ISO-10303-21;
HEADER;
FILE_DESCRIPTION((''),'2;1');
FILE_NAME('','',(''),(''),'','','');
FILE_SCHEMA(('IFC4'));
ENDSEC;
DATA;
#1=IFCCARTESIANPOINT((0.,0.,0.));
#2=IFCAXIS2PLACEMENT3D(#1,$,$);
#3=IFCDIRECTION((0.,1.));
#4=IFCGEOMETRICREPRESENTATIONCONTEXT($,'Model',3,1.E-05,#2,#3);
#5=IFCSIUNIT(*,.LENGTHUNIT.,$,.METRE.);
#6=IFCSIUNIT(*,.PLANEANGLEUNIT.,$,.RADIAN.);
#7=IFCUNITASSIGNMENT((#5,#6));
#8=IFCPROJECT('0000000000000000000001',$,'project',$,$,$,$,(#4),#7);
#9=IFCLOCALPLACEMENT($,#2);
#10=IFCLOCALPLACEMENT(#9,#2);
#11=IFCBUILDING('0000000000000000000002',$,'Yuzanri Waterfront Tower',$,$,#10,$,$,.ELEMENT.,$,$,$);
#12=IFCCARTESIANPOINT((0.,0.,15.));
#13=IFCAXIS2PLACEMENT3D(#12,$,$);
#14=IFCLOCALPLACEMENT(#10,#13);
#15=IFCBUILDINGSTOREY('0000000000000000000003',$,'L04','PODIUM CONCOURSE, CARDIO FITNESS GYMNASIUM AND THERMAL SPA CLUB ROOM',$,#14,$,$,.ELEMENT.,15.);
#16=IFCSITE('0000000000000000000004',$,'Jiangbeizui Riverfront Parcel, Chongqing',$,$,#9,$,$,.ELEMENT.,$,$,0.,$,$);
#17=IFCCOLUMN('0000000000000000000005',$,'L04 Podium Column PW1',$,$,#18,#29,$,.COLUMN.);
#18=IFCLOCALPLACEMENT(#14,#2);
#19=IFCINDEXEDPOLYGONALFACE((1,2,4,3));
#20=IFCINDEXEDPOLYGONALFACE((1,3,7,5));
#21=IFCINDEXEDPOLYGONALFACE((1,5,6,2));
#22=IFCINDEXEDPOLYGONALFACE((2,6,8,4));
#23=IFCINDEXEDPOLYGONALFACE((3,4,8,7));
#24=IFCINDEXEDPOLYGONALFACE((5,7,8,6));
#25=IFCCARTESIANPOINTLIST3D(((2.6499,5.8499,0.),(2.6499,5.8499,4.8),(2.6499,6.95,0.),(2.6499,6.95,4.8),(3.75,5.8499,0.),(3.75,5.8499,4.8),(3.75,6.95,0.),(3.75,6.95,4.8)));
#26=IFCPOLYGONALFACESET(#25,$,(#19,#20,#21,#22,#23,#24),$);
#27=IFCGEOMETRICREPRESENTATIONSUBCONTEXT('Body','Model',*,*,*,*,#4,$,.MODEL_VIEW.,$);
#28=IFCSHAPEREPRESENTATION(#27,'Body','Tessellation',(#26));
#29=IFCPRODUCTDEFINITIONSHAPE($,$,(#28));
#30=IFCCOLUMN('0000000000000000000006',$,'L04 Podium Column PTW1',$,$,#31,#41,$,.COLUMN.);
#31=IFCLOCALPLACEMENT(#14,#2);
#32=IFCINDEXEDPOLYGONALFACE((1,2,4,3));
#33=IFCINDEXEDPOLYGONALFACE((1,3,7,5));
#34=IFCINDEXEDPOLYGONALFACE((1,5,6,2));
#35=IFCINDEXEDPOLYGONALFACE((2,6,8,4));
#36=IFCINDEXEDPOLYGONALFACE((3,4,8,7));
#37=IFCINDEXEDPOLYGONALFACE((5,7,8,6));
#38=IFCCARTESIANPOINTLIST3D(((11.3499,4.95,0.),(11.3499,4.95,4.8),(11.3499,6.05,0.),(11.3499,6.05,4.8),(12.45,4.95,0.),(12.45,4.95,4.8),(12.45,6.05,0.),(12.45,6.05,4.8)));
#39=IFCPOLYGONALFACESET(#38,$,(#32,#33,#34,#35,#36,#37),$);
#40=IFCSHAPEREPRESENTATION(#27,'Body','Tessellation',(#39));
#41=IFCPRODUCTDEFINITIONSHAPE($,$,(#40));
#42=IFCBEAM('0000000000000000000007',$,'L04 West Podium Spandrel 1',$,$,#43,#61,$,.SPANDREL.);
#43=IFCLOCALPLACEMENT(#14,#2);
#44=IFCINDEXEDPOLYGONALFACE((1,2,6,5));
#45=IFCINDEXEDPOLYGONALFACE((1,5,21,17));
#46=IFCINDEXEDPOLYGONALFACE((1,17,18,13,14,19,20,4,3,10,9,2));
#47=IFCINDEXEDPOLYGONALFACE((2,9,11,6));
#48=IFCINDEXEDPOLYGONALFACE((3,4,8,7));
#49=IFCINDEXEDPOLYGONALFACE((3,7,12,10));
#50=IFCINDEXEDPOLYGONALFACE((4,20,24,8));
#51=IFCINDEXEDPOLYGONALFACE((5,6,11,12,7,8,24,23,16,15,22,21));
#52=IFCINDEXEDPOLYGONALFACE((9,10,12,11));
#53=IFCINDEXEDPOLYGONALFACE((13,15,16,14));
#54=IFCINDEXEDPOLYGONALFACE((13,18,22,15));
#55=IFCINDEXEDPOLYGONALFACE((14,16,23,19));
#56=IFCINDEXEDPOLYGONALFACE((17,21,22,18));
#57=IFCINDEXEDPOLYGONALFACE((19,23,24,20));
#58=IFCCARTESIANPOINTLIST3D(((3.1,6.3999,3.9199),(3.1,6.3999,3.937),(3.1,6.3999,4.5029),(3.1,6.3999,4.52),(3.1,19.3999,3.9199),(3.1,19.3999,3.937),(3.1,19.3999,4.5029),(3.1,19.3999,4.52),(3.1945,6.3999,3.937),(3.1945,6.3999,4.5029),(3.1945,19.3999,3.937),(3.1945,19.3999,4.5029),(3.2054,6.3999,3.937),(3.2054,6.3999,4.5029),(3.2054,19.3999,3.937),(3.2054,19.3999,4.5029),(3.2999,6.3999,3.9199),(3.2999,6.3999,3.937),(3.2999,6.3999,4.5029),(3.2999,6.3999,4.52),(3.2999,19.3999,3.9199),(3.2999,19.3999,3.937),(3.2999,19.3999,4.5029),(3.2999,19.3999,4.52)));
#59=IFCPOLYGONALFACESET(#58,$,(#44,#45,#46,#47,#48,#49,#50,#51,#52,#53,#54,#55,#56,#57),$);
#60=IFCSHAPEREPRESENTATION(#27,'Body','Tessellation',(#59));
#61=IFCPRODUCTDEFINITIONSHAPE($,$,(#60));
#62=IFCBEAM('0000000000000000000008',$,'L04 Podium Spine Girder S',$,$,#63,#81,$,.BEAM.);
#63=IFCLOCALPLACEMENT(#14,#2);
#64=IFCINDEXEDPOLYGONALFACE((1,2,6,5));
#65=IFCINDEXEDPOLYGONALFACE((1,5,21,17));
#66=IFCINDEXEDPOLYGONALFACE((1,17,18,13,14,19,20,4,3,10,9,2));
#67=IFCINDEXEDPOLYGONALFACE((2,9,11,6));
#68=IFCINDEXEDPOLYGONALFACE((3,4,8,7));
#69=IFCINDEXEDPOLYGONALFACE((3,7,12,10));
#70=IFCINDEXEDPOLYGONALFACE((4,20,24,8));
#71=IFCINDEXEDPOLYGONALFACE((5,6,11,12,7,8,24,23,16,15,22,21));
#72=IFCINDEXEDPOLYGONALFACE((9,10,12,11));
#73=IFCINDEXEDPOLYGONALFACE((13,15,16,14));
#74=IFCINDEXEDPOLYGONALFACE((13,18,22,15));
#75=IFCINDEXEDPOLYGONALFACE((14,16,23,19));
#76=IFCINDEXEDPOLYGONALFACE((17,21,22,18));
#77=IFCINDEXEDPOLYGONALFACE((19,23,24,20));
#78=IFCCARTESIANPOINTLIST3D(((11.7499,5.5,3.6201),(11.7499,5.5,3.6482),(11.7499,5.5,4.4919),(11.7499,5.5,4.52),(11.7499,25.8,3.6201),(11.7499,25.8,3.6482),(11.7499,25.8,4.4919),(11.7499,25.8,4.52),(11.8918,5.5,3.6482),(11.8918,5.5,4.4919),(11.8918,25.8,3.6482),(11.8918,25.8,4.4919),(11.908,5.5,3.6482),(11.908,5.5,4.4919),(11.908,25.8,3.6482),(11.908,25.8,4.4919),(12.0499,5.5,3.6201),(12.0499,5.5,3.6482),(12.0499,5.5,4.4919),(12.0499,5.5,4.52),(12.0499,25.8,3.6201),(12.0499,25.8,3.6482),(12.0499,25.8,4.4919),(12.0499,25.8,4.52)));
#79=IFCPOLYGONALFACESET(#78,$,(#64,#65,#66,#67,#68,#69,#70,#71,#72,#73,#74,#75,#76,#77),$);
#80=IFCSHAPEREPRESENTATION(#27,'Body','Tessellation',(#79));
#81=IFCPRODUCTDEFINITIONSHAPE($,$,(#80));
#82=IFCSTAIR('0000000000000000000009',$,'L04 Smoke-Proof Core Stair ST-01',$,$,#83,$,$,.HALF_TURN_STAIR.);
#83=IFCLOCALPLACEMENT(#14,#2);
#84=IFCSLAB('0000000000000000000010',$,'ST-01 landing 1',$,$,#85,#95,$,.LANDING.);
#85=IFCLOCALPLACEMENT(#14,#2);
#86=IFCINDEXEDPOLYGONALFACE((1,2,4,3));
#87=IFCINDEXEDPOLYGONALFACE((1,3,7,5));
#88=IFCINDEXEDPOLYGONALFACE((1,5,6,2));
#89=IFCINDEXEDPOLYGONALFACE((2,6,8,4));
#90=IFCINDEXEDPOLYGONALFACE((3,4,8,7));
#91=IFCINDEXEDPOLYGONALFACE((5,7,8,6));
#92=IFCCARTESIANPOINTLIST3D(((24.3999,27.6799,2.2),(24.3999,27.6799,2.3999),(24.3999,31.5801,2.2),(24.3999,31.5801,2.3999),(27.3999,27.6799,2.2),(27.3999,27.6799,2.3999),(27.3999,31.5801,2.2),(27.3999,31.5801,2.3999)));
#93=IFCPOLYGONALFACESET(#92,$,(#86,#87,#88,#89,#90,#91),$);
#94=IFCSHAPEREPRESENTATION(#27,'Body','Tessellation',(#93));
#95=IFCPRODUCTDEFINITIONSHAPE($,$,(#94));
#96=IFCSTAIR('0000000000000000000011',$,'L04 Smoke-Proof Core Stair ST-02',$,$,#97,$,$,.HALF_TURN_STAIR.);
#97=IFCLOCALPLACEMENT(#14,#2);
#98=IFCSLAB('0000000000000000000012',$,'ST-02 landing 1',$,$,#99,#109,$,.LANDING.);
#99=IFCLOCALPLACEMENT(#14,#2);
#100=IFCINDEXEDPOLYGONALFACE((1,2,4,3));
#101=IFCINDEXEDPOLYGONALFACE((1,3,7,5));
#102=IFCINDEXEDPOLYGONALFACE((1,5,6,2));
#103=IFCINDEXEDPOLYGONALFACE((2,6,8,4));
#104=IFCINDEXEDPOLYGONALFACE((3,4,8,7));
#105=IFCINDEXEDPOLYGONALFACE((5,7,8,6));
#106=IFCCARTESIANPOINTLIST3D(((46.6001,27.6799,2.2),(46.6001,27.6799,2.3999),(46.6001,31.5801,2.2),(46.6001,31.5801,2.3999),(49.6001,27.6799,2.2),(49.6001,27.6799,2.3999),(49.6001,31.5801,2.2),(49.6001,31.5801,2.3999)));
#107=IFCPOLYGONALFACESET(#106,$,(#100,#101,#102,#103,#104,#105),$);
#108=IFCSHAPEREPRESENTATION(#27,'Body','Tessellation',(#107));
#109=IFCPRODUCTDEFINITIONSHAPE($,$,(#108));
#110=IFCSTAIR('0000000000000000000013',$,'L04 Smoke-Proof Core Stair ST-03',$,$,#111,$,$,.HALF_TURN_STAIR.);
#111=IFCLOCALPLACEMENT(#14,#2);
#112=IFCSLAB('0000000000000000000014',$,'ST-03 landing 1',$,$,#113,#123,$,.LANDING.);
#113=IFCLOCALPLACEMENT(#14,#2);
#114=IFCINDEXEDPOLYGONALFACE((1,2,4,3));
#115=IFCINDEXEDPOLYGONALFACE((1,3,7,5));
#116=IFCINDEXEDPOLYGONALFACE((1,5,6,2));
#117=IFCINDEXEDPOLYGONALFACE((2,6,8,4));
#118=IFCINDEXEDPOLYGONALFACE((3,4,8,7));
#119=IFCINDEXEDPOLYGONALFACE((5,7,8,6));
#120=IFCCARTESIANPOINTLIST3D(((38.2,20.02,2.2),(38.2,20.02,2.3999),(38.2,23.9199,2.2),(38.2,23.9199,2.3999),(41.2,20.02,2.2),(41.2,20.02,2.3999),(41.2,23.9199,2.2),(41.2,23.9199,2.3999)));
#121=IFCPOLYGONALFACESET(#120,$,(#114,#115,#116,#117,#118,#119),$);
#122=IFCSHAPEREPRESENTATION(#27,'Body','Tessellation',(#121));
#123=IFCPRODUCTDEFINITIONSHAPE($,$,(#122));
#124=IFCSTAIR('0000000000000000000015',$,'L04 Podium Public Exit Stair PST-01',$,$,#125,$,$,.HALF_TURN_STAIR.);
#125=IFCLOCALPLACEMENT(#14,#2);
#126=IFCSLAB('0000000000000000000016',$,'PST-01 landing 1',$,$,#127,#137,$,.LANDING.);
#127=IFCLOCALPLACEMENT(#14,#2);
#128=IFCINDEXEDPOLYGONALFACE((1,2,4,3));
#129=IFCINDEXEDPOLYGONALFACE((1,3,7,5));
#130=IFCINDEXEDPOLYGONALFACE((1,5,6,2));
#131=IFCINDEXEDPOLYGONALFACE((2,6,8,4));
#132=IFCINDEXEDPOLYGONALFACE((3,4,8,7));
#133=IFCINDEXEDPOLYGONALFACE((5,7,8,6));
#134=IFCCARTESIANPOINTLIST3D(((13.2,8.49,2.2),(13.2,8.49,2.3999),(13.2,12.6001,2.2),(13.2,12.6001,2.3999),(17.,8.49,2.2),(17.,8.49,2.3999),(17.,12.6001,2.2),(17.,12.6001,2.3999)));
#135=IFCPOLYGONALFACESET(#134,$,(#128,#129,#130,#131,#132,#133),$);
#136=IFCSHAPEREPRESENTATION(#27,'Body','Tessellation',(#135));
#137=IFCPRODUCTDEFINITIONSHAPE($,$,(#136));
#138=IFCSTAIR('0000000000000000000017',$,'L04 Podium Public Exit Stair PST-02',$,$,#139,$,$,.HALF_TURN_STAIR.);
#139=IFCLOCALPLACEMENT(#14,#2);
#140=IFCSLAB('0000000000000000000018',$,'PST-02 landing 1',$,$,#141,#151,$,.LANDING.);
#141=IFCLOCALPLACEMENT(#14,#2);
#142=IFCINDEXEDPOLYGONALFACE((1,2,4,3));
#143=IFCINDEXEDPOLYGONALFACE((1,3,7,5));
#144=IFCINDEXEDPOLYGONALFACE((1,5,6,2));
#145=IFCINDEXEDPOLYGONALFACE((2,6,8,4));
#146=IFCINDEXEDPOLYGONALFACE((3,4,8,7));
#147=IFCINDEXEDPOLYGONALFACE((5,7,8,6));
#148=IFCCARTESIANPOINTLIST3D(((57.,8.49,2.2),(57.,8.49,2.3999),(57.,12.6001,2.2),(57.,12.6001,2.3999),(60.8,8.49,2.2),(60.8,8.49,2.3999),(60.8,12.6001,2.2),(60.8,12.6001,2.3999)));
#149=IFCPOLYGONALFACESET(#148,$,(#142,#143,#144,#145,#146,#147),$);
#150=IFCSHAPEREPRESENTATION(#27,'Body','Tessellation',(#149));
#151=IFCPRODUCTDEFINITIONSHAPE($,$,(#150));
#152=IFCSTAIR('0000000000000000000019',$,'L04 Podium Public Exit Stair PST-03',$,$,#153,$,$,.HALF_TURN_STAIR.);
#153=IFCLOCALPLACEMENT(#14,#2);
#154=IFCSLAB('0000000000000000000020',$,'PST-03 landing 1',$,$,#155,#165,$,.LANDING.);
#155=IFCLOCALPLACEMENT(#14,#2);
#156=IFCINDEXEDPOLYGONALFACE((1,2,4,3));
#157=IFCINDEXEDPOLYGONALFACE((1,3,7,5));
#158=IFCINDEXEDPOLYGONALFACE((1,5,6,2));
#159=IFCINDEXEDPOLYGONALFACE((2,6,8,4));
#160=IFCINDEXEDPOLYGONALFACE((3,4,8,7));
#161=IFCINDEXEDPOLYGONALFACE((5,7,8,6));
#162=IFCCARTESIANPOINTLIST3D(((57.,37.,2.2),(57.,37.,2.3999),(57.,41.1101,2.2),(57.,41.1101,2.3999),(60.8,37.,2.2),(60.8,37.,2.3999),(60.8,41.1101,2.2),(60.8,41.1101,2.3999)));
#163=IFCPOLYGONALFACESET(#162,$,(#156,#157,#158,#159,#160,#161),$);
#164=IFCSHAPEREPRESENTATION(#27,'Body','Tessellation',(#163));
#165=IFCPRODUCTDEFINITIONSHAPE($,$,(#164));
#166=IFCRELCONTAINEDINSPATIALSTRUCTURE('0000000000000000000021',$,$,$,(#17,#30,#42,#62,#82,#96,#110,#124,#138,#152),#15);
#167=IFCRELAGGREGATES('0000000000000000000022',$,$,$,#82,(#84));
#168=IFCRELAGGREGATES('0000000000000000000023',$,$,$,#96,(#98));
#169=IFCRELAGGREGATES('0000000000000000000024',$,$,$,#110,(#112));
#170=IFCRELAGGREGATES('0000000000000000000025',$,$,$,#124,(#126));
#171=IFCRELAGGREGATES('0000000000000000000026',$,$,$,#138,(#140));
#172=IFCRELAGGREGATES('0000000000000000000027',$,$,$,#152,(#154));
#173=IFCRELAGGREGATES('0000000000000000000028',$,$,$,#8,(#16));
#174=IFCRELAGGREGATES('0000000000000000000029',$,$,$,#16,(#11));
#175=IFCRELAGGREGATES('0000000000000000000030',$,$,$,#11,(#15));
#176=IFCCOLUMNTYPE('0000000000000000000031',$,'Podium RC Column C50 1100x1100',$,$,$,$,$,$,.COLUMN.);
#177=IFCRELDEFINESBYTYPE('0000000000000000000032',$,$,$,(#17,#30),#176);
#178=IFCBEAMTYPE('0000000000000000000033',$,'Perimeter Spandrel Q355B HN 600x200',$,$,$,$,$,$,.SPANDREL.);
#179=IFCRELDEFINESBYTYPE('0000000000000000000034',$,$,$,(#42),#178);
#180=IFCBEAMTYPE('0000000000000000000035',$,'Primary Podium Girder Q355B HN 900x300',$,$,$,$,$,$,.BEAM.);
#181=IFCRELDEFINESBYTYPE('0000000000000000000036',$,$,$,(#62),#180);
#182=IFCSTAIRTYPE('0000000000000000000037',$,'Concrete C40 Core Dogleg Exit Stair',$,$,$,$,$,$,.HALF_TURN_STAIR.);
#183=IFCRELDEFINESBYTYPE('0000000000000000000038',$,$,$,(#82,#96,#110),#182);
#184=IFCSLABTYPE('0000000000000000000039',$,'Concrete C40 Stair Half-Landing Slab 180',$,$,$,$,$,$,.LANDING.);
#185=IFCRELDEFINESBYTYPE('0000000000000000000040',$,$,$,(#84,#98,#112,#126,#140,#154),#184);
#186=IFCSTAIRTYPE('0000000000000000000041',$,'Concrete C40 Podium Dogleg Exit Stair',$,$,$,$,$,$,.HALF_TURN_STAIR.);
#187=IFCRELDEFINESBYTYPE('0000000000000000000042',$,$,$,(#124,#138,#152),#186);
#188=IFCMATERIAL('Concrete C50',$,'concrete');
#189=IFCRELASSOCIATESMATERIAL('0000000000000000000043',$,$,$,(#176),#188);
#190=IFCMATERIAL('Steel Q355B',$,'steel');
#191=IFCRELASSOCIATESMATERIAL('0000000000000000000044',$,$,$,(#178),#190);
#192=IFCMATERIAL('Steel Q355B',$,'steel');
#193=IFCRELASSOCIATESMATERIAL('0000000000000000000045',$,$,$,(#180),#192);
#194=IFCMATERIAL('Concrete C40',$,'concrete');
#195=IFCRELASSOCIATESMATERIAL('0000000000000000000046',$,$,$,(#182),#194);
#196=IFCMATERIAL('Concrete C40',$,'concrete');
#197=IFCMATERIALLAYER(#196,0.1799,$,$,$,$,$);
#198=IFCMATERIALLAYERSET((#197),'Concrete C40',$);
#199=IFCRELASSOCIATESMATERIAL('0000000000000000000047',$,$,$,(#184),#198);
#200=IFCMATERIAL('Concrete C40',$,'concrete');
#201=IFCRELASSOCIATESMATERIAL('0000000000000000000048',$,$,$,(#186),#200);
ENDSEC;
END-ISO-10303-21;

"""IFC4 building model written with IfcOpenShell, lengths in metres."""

from ifc_helpers import new_model, si_unit, direction, frame, origin, origin_2d, place, context, subcontext, project, spatial, polyline, rectangle, i_section, outline, extrude, source, transform, mapped, material, layer, layer_set, material_profile, profile_set, type_object, element, aggregate, save


model = new_model("IFC4")

# Units and contexts
model_context = context("Model", 3, precision=1e-05, world=origin(), true_north=direction((0.0, 1.0)))
body_context = subcontext(model_context, "Body", "Model", "MODEL_VIEW")
ifc_project = project(units=[si_unit("LENGTHUNIT", "METRE"), si_unit("PLANEANGLEUNIT", "RADIAN")], contexts=[model_context])

# Site, building, storey
site_placement = place(None, origin())
site = spatial("IfcSite", under=ifc_project, at=site_placement, Name="Jiangbeizui Riverfront Parcel, Chongqing", CompositionType="ELEMENT", RefElevation=0.0)
building_placement = place(site_placement, origin())
building = spatial("IfcBuilding", under=site, at=building_placement, Name="Yuzanri Waterfront Tower", CompositionType="ELEMENT")
storey_placement = place(building_placement, frame((0.0, 0.0, 15.0)))
storey = spatial("IfcBuildingStorey", under=building, at=storey_placement, Name="L04", Description="PODIUM CONCOURSE, CARDIO FITNESS GYMNASIUM AND THERMAL SPA CLUB ROOM", CompositionType="ELEMENT", Elevation=15.0)

# Columns
ifc_material_1 = material(Name="Concrete C50", Category="concrete")
ifc_material_profile_1 = material_profile(ifc_material_1, rectangle(XDim=1.1001, YDim=1.1001, at=origin_2d()), Name="RC 1100x1100")
ifc_profile_set_1 = profile_set([ifc_material_profile_1], Name="Concrete C50")
column_type = type_object("IfcColumnType", Name="Podium RC Column C50 1100x1100", PredefinedType="COLUMN", material=ifc_profile_set_1)
shared_shape_1 = source(origin(), body_context, "Body", "SweptSolid", [
    extrude(rectangle(XDim=1.1001, YDim=1.1001, at=origin_2d()), origin(), (0.0, 0.0, 1.0), 4.8),
])
for number, where, z_axis, x_axis, name in (
    (1, (3.2, 6.3999, 0.0), (0.0, 0.0, 1.0), (1.0, 0.0, 0.0), "L04 Podium Column PW1"),
    (2, (11.8999, 5.5, 0.0), (0.0, 0.0, 1.0), (1.0, 0.0, 0.0), "L04 Podium Column PTW1"),
):
    element("IfcColumn", number, at=place(storey_placement, frame(where, z_axis=z_axis, x_axis=x_axis)), inside=storey, type_object=column_type, Name=name, PredefinedType="COLUMN", context=body_context, shape_type="MappedRepresentation", body=[
        mapped(shared_shape_1, transform((0.0, 0.0, 0.0), scale=1.0)),
    ])

# Beams
ifc_material_2 = material(Name="Steel Q355B", Category="steel")
ifc_material_profile_2 = material_profile(ifc_material_2, i_section(OverallWidth=0.2, OverallDepth=0.6001, WebThickness=0.011, FlangeThickness=0.0171, at=origin_2d()), Name="HN 600x200x11x17")
ifc_profile_set_2 = profile_set([ifc_material_profile_2], Name="Steel Q355B")
beam_type_1 = type_object("IfcBeamType", Name="Perimeter Spandrel Q355B HN 600x200", PredefinedType="SPANDREL", material=ifc_profile_set_2)
shared_shape_2 = source(origin(), body_context, "Body", "SweptSolid", [
    extrude(i_section(OverallWidth=0.2, OverallDepth=0.6001, WebThickness=0.011, FlangeThickness=0.0171, at=origin_2d()), origin(), (0.0, 0.0, 1.0), 13.0),
])
beam_1_placement = place(storey_placement, frame((3.2, 6.3999, 4.22), z_axis=(0.0, 1.0, 0.0), x_axis=(-1.0, 0.0, 0.0)))
element("IfcBeam", 3, at=beam_1_placement, inside=storey, type_object=beam_type_1, Name="L04 West Podium Spandrel 1", PredefinedType="SPANDREL", context=body_context, shape_type="MappedRepresentation", body=[
    mapped(shared_shape_2, transform((0.0, 0.0, 0.0), scale=1.0)),
])
ifc_material_3 = material(Name="Steel Q355B", Category="steel")
ifc_material_profile_3 = material_profile(ifc_material_3, i_section(OverallWidth=0.3, OverallDepth=0.8999, WebThickness=0.0161, FlangeThickness=0.0281, at=origin_2d()), Name="HN 900x300x16x28")
ifc_profile_set_3 = profile_set([ifc_material_profile_3], Name="Steel Q355B")
beam_type_2 = type_object("IfcBeamType", Name="Primary Podium Girder Q355B HN 900x300", PredefinedType="BEAM", material=ifc_profile_set_3)
shared_shape_3 = source(origin(), body_context, "Body", "SweptSolid", [
    extrude(i_section(OverallWidth=0.3, OverallDepth=0.8999, WebThickness=0.0161, FlangeThickness=0.0281, at=origin_2d()), origin(), (0.0, 0.0, 1.0), 20.3),
])
beam_2_placement = place(storey_placement, frame((11.8999, 5.5, 4.0701), z_axis=(0.0, 1.0, 0.0), x_axis=(-1.0, 0.0, 0.0)))
element("IfcBeam", 4, at=beam_2_placement, inside=storey, type_object=beam_type_2, Name="L04 Podium Spine Girder S", PredefinedType="BEAM", context=body_context, shape_type="MappedRepresentation", body=[
    mapped(shared_shape_3, transform((0.0, 0.0, 0.0), scale=1.0)),
])

# Stairs, slabs
ifc_material_4 = material(Name="Concrete C40", Category="concrete")
stair_type_1 = type_object("IfcStairType", Name="Concrete C40 Core Dogleg Exit Stair", PredefinedType="HALF_TURN_STAIR", material=ifc_material_4)
stair_1_placement = place(storey_placement, origin())
stair_1 = element("IfcStair", 5, at=stair_1_placement, inside=storey, type_object=stair_type_1, Name="L04 Smoke-Proof Core Stair ST-01", PredefinedType="HALF_TURN_STAIR")
ifc_material_5 = material(Name="Concrete C40", Category="concrete")
ifc_layer_1 = layer(ifc_material_5, 0.1799)
ifc_layer_set_1 = layer_set([ifc_layer_1], Name="Concrete C40")
slab_type_1 = type_object("IfcSlabType", Name="Concrete C40 Stair Half-Landing Slab 180", PredefinedType="LANDING", material=ifc_layer_set_1)
slab_1_placement = place(storey_placement, frame((0.0, 0.0, 2.2)))
slab_1 = element("IfcSlab", 6, at=slab_1_placement, type_object=slab_type_1, Name="ST-01 landing 1", PredefinedType="LANDING", context=body_context, shape_type="SweptSolid", body=[
    extrude(outline(polyline([(27.3999, 27.6799), (27.3999, 31.5801), (24.3999, 31.5801), (24.3999, 27.6799), (27.3999, 27.6799)])), origin(), (0.0, 0.0, 1.0), 0.2),
])
aggregate(stair_1, [slab_1])
stair_2_placement = place(storey_placement, origin())
stair_2 = element("IfcStair", 7, at=stair_2_placement, inside=storey, type_object=stair_type_1, Name="L04 Smoke-Proof Core Stair ST-02", PredefinedType="HALF_TURN_STAIR")
slab_2_placement = place(storey_placement, frame((0.0, 0.0, 2.2)))
slab_2 = element("IfcSlab", 8, at=slab_2_placement, type_object=slab_type_1, Name="ST-02 landing 1", PredefinedType="LANDING", context=body_context, shape_type="SweptSolid", body=[
    extrude(outline(polyline([(49.6001, 27.6799), (49.6001, 31.5801), (46.6001, 31.5801), (46.6001, 27.6799), (49.6001, 27.6799)])), origin(), (0.0, 0.0, 1.0), 0.2),
])
aggregate(stair_2, [slab_2])
stair_3_placement = place(storey_placement, origin())
stair_3 = element("IfcStair", 9, at=stair_3_placement, inside=storey, type_object=stair_type_1, Name="L04 Smoke-Proof Core Stair ST-03", PredefinedType="HALF_TURN_STAIR")
slab_3_placement = place(storey_placement, frame((0.0, 0.0, 2.2)))
slab_3 = element("IfcSlab", 10, at=slab_3_placement, type_object=slab_type_1, Name="ST-03 landing 1", PredefinedType="LANDING", context=body_context, shape_type="SweptSolid", body=[
    extrude(outline(polyline([(38.2, 23.9199), (38.2, 20.02), (41.2, 20.02), (41.2, 23.9199), (38.2, 23.9199)])), origin(), (0.0, 0.0, 1.0), 0.2),
])
aggregate(stair_3, [slab_3])
ifc_material_6 = material(Name="Concrete C40", Category="concrete")
stair_type_2 = type_object("IfcStairType", Name="Concrete C40 Podium Dogleg Exit Stair", PredefinedType="HALF_TURN_STAIR", material=ifc_material_6)
stair_4_placement = place(storey_placement, origin())
stair_4 = element("IfcStair", 11, at=stair_4_placement, inside=storey, type_object=stair_type_2, Name="L04 Podium Public Exit Stair PST-01", PredefinedType="HALF_TURN_STAIR")
slab_4_placement = place(storey_placement, frame((0.0, 0.0, 2.2)))
slab_4 = element("IfcSlab", 12, at=slab_4_placement, type_object=slab_type_1, Name="PST-01 landing 1", PredefinedType="LANDING", context=body_context, shape_type="SweptSolid", body=[
    extrude(outline(polyline([(17.0, 8.49), (17.0, 12.6001), (13.2, 12.6001), (13.2, 8.49), (17.0, 8.49)])), origin(), (0.0, 0.0, 1.0), 0.2),
])
aggregate(stair_4, [slab_4])
stair_5_placement = place(storey_placement, origin())
stair_5 = element("IfcStair", 13, at=stair_5_placement, inside=storey, type_object=stair_type_2, Name="L04 Podium Public Exit Stair PST-02", PredefinedType="HALF_TURN_STAIR")
slab_5_placement = place(storey_placement, frame((0.0, 0.0, 2.2)))
slab_5 = element("IfcSlab", 14, at=slab_5_placement, type_object=slab_type_1, Name="PST-02 landing 1", PredefinedType="LANDING", context=body_context, shape_type="SweptSolid", body=[
    extrude(outline(polyline([(60.8, 8.49), (60.8, 12.6001), (57.0, 12.6001), (57.0, 8.49), (60.8, 8.49)])), origin(), (0.0, 0.0, 1.0), 0.2),
])
aggregate(stair_5, [slab_5])
stair_6_placement = place(storey_placement, origin())
stair_6 = element("IfcStair", 15, at=stair_6_placement, inside=storey, type_object=stair_type_2, Name="L04 Podium Public Exit Stair PST-03", PredefinedType="HALF_TURN_STAIR")
slab_6_placement = place(storey_placement, frame((0.0, 0.0, 2.2)))
slab_6 = element("IfcSlab", 16, at=slab_6_placement, type_object=slab_type_1, Name="PST-03 landing 1", PredefinedType="LANDING", context=body_context, shape_type="SweptSolid", body=[
    extrude(outline(polyline([(57.0, 41.1101), (57.0, 37.0), (60.8, 37.0), (60.8, 41.1101), (57.0, 41.1101)])), origin(), (0.0, 0.0, 1.0), 0.2),
])
aggregate(stair_6, [slab_6])

save(model, "model.ifc")
